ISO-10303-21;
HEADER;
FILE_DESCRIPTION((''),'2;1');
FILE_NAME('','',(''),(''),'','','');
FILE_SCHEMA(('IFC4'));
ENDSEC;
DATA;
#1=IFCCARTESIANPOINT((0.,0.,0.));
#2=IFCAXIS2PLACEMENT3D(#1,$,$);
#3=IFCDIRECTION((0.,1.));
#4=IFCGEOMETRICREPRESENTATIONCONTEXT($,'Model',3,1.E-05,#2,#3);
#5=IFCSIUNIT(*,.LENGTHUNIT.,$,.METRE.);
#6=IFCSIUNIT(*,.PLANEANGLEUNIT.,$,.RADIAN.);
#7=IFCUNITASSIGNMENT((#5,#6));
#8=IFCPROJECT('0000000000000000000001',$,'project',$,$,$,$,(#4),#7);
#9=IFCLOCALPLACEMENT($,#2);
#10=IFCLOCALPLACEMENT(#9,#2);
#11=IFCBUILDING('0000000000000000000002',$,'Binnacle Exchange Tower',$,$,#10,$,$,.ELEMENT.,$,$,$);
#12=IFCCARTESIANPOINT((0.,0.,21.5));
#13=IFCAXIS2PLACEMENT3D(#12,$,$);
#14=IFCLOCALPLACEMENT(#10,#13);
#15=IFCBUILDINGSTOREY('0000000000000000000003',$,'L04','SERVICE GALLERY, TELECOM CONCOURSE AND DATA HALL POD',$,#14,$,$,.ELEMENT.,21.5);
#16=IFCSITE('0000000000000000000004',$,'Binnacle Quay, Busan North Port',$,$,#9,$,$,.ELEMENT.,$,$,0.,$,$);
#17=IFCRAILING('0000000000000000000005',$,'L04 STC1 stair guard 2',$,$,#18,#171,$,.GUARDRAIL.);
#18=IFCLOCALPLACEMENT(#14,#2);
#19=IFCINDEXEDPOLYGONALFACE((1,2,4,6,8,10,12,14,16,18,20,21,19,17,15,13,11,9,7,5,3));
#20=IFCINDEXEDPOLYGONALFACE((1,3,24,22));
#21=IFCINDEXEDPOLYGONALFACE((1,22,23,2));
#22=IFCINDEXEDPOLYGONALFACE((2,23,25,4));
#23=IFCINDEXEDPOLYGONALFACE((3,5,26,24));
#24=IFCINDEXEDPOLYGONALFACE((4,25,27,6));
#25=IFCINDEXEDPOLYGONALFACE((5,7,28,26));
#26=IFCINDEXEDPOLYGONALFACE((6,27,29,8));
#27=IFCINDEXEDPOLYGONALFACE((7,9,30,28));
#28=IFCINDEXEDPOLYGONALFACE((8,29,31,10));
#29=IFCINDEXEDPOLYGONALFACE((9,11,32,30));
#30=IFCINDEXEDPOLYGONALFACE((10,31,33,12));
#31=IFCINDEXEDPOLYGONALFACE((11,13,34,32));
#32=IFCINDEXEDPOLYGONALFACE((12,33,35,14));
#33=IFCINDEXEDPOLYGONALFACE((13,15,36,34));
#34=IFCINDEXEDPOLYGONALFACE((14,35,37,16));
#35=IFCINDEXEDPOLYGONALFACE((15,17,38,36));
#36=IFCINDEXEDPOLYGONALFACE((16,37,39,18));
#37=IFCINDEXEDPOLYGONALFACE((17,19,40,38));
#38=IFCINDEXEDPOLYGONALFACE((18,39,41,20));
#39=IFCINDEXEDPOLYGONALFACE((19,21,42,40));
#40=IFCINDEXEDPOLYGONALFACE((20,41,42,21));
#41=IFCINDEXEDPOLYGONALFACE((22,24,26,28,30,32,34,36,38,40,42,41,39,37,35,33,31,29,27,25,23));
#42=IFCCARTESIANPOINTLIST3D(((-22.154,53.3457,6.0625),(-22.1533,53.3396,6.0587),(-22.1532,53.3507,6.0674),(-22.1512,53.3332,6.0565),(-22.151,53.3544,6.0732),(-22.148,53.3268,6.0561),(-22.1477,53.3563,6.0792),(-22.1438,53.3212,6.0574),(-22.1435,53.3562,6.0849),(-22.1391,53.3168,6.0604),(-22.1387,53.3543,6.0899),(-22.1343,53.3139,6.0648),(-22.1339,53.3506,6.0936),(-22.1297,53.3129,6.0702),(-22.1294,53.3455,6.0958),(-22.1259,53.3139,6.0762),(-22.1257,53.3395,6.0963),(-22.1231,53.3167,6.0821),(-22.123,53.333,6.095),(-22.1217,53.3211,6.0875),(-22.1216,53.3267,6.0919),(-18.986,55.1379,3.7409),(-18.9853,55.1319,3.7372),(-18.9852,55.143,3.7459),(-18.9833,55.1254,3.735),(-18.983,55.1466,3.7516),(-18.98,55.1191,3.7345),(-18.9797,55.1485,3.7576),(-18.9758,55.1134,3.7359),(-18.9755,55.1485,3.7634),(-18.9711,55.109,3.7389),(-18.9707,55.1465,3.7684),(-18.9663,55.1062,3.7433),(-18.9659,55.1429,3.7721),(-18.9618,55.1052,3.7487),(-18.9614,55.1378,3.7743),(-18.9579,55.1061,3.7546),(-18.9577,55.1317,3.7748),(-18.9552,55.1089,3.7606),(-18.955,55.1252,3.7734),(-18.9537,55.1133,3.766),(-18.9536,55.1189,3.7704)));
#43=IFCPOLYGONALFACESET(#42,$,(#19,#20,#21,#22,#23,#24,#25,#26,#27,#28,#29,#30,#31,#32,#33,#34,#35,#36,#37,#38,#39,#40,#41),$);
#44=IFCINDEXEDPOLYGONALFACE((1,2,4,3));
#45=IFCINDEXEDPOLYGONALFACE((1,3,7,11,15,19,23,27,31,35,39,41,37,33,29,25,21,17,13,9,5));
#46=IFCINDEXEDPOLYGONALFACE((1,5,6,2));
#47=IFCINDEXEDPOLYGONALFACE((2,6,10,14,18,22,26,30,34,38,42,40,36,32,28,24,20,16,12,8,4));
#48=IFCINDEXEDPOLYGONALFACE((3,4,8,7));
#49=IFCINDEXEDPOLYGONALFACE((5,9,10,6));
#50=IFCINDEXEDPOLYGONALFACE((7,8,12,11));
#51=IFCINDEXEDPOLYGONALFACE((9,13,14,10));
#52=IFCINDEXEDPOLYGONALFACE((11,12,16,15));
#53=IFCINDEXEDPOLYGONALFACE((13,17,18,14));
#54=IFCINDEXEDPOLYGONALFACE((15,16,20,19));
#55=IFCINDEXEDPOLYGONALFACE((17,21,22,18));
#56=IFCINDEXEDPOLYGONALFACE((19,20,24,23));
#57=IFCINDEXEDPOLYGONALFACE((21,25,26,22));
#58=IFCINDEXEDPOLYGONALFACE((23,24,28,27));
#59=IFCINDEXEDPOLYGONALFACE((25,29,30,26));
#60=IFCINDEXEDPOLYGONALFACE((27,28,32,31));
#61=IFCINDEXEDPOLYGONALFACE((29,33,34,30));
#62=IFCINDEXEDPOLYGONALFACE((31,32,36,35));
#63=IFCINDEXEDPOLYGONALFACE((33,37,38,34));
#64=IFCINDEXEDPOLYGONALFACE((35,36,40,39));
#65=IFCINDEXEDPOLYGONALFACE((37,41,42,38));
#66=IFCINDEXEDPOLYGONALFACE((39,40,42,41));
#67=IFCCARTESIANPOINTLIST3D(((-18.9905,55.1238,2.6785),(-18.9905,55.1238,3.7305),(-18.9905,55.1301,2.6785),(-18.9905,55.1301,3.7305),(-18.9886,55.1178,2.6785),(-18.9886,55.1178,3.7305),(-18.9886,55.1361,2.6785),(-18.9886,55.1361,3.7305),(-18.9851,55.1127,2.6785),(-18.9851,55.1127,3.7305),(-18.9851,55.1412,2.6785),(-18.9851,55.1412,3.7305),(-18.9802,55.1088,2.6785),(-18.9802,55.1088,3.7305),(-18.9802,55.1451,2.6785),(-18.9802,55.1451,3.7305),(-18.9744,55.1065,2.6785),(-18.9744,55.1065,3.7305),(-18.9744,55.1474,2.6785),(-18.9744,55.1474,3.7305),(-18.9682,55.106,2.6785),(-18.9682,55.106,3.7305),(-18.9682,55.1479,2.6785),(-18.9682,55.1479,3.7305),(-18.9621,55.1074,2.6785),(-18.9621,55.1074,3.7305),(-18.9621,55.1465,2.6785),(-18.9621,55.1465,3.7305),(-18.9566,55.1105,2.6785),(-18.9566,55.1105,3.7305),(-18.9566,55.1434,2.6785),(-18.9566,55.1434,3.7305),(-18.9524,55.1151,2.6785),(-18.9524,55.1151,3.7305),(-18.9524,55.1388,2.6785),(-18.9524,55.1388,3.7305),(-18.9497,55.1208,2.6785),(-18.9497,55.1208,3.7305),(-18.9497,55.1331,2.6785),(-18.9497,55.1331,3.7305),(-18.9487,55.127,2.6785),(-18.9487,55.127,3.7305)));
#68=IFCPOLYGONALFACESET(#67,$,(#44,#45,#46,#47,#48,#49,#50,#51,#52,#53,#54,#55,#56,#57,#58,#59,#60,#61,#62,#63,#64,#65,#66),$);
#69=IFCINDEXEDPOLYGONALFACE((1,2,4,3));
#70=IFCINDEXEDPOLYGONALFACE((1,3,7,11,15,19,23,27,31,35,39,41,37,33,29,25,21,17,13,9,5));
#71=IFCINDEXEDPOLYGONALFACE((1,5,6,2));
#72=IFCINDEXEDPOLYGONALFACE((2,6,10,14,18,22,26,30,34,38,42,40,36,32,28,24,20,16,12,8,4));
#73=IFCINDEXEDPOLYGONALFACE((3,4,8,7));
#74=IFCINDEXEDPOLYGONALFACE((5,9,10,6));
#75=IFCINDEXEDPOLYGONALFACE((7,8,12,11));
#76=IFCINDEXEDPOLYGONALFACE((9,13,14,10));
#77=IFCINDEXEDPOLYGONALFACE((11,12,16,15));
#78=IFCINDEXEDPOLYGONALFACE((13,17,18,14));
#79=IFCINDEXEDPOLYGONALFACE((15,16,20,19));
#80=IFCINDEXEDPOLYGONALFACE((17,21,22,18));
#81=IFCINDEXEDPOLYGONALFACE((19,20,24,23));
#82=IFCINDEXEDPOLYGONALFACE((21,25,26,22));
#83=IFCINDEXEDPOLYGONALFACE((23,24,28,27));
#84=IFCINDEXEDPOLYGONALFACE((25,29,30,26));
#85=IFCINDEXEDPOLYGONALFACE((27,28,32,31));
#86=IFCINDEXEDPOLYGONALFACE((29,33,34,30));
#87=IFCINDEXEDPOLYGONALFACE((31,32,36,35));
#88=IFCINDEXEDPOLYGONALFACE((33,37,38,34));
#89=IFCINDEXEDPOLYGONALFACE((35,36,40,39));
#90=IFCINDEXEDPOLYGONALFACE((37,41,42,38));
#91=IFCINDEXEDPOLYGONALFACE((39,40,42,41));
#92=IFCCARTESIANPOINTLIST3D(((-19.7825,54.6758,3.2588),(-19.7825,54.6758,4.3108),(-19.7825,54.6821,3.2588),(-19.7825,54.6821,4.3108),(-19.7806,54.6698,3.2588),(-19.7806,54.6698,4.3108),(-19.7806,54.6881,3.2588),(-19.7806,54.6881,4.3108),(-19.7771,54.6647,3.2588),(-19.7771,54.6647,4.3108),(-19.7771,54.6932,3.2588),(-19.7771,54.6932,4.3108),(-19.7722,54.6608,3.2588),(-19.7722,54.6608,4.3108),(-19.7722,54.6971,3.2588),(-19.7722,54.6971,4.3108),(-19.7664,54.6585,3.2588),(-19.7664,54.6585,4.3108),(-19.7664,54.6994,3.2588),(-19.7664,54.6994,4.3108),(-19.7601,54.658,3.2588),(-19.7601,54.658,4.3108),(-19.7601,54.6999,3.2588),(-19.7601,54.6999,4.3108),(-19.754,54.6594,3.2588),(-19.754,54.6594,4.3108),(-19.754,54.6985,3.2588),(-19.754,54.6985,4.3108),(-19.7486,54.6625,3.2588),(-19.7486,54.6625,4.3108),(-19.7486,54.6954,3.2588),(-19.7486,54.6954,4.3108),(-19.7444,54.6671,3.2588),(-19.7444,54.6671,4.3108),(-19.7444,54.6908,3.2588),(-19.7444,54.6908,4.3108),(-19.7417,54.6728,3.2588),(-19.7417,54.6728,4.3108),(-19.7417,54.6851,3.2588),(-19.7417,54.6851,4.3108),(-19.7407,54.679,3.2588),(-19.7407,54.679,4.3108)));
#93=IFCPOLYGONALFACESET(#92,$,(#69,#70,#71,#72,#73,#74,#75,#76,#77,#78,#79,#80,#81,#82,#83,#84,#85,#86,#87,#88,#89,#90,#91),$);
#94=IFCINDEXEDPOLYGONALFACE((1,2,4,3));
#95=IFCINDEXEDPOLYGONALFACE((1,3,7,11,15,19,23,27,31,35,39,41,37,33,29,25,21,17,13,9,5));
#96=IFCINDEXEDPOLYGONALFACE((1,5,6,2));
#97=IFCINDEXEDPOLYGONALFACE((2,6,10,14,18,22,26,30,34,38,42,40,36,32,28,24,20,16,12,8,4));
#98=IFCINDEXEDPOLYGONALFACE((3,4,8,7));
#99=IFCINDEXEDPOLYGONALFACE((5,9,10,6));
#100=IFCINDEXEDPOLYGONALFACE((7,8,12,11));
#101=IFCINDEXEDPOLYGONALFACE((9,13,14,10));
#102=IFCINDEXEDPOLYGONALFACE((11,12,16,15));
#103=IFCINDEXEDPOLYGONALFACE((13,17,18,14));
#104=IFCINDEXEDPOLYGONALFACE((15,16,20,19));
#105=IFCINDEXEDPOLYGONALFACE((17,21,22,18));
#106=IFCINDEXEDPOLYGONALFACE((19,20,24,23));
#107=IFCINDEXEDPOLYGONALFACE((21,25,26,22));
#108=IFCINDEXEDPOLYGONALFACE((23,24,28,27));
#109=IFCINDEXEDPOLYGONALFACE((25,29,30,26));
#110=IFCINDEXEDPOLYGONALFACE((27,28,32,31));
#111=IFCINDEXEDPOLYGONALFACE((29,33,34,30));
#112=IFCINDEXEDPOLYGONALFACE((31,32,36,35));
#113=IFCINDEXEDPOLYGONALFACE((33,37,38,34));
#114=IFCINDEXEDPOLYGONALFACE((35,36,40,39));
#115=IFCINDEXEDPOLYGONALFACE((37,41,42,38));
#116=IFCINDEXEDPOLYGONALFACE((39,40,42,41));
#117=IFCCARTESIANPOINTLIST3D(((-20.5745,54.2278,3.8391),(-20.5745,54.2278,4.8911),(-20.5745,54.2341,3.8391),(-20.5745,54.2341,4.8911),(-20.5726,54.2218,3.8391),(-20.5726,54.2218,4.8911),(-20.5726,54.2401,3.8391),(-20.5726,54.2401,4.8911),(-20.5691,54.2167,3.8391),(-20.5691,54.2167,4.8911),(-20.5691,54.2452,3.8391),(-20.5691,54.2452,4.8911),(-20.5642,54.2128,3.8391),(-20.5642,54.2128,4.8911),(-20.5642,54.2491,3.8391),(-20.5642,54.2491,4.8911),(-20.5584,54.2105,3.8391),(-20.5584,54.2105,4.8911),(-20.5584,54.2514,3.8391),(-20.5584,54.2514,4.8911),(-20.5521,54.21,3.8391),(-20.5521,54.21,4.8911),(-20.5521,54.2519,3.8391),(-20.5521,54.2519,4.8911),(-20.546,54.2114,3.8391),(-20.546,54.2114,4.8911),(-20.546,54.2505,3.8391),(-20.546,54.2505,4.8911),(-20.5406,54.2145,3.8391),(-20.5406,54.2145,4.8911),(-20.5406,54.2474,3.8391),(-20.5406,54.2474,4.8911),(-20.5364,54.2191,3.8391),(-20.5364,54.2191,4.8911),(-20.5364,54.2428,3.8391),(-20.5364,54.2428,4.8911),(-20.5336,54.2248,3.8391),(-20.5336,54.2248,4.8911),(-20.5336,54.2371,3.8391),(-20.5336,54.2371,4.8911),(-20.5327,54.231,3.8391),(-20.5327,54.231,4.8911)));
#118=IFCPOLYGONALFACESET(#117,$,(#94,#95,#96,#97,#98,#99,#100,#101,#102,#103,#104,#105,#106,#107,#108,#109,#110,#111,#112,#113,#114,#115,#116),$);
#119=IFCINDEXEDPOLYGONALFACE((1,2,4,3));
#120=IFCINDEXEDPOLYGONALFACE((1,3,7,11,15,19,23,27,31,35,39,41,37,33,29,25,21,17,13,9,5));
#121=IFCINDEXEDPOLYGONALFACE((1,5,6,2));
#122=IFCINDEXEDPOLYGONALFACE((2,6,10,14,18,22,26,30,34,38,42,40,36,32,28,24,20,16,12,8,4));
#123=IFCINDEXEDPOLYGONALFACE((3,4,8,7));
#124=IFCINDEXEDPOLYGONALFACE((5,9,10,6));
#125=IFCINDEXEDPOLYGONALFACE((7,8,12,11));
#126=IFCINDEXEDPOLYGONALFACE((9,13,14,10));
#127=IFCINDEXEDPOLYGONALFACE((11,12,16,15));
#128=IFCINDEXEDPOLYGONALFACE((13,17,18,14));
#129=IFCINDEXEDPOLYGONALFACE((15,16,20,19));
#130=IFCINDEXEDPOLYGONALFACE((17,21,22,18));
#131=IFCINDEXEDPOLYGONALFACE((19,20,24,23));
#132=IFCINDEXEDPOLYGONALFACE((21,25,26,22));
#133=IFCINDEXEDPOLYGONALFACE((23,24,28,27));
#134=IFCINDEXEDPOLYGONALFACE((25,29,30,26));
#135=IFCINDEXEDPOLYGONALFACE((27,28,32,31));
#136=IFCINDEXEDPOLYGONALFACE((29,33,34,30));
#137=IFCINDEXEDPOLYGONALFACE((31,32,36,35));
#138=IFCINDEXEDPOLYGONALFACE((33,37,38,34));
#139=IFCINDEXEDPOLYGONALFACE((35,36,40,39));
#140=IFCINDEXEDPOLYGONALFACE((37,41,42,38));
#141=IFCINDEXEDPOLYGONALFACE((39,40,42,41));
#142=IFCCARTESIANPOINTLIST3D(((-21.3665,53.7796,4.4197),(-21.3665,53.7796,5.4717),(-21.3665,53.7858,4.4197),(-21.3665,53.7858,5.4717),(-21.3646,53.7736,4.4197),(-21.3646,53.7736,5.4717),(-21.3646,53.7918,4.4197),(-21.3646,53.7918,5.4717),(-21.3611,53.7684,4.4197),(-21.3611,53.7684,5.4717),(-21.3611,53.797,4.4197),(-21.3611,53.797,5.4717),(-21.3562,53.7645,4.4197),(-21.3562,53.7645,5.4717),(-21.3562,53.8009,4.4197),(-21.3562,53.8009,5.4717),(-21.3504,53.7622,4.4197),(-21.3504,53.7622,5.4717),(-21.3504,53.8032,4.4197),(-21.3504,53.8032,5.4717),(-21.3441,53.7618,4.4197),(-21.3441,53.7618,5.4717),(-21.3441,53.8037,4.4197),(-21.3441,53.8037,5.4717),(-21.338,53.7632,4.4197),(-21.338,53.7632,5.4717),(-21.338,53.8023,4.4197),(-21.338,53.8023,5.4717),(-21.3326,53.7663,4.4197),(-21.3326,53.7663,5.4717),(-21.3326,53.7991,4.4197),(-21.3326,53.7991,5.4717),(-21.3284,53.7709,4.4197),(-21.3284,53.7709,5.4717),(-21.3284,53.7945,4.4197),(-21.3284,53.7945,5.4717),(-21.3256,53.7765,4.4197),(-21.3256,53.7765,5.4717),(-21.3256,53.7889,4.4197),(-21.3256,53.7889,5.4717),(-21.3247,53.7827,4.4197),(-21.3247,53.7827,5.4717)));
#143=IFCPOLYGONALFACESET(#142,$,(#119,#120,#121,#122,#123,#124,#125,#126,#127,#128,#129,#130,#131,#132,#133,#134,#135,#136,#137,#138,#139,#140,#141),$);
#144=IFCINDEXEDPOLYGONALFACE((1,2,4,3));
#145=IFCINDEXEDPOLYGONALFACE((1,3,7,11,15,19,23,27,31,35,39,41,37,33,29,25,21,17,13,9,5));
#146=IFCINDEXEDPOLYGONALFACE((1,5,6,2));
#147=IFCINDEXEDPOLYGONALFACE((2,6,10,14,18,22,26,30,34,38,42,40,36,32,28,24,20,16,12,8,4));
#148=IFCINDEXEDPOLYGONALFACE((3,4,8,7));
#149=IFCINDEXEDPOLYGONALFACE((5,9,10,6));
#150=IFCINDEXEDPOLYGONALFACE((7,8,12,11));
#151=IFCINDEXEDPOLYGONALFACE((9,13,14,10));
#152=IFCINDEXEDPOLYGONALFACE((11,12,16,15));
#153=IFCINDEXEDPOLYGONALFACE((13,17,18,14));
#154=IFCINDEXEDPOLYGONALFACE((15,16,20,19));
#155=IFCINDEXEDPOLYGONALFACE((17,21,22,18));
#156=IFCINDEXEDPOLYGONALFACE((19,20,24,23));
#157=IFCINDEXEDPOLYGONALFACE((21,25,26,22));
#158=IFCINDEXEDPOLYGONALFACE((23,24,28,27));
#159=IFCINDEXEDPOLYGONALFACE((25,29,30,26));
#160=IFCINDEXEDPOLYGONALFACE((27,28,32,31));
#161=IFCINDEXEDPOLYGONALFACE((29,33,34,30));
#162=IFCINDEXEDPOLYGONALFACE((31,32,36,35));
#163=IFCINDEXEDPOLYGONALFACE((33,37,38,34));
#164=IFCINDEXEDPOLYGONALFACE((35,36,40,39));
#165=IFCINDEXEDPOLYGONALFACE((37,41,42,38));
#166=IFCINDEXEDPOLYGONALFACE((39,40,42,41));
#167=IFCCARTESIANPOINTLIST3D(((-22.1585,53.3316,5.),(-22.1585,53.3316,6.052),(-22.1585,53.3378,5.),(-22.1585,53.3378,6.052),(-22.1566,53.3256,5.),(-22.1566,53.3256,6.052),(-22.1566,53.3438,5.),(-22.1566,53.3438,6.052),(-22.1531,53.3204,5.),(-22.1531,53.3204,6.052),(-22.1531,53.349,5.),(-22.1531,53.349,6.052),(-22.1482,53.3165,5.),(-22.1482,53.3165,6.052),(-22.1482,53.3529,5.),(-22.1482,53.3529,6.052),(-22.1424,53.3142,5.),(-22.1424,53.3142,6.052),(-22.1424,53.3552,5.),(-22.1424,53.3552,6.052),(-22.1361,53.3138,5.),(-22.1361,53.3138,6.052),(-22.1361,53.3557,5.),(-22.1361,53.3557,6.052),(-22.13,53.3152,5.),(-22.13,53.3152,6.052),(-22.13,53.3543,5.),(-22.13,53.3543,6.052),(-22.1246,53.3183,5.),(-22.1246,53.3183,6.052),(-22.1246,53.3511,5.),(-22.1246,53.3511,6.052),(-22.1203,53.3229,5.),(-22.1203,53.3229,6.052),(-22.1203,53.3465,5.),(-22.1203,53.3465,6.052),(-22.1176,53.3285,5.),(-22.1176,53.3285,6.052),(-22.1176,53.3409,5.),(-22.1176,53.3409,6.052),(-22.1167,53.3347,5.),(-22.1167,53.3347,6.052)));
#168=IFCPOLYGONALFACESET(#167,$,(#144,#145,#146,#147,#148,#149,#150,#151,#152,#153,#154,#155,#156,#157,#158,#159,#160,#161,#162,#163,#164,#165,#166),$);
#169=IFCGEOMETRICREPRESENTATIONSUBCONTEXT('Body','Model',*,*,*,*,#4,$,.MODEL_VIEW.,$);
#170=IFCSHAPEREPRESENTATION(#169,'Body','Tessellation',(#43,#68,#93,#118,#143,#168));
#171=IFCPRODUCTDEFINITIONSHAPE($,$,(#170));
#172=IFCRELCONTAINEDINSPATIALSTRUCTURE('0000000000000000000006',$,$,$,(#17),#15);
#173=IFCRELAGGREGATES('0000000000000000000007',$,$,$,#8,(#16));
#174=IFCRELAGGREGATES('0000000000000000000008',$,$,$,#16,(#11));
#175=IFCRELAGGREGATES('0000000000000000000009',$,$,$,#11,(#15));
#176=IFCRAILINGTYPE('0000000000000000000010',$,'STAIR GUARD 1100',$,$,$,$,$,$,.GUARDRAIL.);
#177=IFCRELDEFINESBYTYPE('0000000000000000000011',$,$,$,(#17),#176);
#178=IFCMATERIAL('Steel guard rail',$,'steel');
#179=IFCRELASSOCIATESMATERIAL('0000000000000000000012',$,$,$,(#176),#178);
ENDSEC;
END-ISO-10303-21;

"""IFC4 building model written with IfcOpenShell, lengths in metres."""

from ifc_helpers import new_model, si_unit, direction, frame, origin, origin_2d, place, context, subcontext, project, spatial, circle, extrude, material, type_object, element, save


model = new_model("IFC4")

# Units and contexts
model_context = context("Model", 3, precision=1e-05, world=origin(), true_north=direction((0.0, 1.0)))
body_context = subcontext(model_context, "Body", "Model", "MODEL_VIEW")
ifc_project = project(units=[si_unit("LENGTHUNIT", "METRE"), si_unit("PLANEANGLEUNIT", "RADIAN")], contexts=[model_context])

# Site, building, storey
site_placement = place(None, origin())
site = spatial("IfcSite", under=ifc_project, at=site_placement, Name="Binnacle Quay, Busan North Port", CompositionType="ELEMENT", RefElevation=0.0)
building_placement = place(site_placement, origin())
building = spatial("IfcBuilding", under=site, at=building_placement, Name="Binnacle Exchange Tower", CompositionType="ELEMENT")
storey_placement = place(building_placement, frame((0.0, 0.0, 21.5)))
storey = spatial("IfcBuildingStorey", under=building, at=storey_placement, Name="L04", Description="SERVICE GALLERY, TELECOM CONCOURSE AND DATA HALL POD", CompositionType="ELEMENT", Elevation=21.5)

# Railing
ifc_material_1 = material(Name="Steel guard rail", Category="steel")
railing_type_1 = type_object("IfcRailingType", Name="STAIR GUARD 1100", PredefinedType="GUARDRAIL", material=ifc_material_1)
railing_1_placement = place(storey_placement, frame((-18.9697, 55.127, 2.6785)))
element("IfcRailing", 1, at=railing_1_placement, inside=storey, type_object=railing_type_1, Name="L04 STC1 stair guard 2", PredefinedType="GUARDRAIL", context=body_context, shape_type="SweptSolid", body=[
    extrude(circle(Radius=0.0239, at=origin_2d()), frame((0.0, 0.0, 1.0762), z_axis=(-0.733813, -0.415145, 0.537749), x_axis=(0.4924, -0.870369, 0.0)), (0.0, 0.0, 1.0), 4.3171),
    extrude(circle(Radius=0.021, at=origin_2d()), origin(), (0.0, 0.0, 1.0), 1.052),
    extrude(circle(Radius=0.021, at=origin_2d()), frame((-0.792, -0.448, 0.5803)), (0.0, 0.0, 1.0), 1.052),
    extrude(circle(Radius=0.021, at=origin_2d()), frame((-1.584, -0.896, 1.1606)), (0.0, 0.0, 1.0), 1.052),
    extrude(circle(Radius=0.021, at=origin_2d()), frame((-2.376, -1.3442, 1.7412)), (0.0, 0.0, 1.0), 1.052),
    extrude(circle(Radius=0.021, at=origin_2d()), frame((-3.168, -1.7922, 2.3215)), (0.0, 0.0, 1.0), 1.052),
])

save(model, "model.ifc")
